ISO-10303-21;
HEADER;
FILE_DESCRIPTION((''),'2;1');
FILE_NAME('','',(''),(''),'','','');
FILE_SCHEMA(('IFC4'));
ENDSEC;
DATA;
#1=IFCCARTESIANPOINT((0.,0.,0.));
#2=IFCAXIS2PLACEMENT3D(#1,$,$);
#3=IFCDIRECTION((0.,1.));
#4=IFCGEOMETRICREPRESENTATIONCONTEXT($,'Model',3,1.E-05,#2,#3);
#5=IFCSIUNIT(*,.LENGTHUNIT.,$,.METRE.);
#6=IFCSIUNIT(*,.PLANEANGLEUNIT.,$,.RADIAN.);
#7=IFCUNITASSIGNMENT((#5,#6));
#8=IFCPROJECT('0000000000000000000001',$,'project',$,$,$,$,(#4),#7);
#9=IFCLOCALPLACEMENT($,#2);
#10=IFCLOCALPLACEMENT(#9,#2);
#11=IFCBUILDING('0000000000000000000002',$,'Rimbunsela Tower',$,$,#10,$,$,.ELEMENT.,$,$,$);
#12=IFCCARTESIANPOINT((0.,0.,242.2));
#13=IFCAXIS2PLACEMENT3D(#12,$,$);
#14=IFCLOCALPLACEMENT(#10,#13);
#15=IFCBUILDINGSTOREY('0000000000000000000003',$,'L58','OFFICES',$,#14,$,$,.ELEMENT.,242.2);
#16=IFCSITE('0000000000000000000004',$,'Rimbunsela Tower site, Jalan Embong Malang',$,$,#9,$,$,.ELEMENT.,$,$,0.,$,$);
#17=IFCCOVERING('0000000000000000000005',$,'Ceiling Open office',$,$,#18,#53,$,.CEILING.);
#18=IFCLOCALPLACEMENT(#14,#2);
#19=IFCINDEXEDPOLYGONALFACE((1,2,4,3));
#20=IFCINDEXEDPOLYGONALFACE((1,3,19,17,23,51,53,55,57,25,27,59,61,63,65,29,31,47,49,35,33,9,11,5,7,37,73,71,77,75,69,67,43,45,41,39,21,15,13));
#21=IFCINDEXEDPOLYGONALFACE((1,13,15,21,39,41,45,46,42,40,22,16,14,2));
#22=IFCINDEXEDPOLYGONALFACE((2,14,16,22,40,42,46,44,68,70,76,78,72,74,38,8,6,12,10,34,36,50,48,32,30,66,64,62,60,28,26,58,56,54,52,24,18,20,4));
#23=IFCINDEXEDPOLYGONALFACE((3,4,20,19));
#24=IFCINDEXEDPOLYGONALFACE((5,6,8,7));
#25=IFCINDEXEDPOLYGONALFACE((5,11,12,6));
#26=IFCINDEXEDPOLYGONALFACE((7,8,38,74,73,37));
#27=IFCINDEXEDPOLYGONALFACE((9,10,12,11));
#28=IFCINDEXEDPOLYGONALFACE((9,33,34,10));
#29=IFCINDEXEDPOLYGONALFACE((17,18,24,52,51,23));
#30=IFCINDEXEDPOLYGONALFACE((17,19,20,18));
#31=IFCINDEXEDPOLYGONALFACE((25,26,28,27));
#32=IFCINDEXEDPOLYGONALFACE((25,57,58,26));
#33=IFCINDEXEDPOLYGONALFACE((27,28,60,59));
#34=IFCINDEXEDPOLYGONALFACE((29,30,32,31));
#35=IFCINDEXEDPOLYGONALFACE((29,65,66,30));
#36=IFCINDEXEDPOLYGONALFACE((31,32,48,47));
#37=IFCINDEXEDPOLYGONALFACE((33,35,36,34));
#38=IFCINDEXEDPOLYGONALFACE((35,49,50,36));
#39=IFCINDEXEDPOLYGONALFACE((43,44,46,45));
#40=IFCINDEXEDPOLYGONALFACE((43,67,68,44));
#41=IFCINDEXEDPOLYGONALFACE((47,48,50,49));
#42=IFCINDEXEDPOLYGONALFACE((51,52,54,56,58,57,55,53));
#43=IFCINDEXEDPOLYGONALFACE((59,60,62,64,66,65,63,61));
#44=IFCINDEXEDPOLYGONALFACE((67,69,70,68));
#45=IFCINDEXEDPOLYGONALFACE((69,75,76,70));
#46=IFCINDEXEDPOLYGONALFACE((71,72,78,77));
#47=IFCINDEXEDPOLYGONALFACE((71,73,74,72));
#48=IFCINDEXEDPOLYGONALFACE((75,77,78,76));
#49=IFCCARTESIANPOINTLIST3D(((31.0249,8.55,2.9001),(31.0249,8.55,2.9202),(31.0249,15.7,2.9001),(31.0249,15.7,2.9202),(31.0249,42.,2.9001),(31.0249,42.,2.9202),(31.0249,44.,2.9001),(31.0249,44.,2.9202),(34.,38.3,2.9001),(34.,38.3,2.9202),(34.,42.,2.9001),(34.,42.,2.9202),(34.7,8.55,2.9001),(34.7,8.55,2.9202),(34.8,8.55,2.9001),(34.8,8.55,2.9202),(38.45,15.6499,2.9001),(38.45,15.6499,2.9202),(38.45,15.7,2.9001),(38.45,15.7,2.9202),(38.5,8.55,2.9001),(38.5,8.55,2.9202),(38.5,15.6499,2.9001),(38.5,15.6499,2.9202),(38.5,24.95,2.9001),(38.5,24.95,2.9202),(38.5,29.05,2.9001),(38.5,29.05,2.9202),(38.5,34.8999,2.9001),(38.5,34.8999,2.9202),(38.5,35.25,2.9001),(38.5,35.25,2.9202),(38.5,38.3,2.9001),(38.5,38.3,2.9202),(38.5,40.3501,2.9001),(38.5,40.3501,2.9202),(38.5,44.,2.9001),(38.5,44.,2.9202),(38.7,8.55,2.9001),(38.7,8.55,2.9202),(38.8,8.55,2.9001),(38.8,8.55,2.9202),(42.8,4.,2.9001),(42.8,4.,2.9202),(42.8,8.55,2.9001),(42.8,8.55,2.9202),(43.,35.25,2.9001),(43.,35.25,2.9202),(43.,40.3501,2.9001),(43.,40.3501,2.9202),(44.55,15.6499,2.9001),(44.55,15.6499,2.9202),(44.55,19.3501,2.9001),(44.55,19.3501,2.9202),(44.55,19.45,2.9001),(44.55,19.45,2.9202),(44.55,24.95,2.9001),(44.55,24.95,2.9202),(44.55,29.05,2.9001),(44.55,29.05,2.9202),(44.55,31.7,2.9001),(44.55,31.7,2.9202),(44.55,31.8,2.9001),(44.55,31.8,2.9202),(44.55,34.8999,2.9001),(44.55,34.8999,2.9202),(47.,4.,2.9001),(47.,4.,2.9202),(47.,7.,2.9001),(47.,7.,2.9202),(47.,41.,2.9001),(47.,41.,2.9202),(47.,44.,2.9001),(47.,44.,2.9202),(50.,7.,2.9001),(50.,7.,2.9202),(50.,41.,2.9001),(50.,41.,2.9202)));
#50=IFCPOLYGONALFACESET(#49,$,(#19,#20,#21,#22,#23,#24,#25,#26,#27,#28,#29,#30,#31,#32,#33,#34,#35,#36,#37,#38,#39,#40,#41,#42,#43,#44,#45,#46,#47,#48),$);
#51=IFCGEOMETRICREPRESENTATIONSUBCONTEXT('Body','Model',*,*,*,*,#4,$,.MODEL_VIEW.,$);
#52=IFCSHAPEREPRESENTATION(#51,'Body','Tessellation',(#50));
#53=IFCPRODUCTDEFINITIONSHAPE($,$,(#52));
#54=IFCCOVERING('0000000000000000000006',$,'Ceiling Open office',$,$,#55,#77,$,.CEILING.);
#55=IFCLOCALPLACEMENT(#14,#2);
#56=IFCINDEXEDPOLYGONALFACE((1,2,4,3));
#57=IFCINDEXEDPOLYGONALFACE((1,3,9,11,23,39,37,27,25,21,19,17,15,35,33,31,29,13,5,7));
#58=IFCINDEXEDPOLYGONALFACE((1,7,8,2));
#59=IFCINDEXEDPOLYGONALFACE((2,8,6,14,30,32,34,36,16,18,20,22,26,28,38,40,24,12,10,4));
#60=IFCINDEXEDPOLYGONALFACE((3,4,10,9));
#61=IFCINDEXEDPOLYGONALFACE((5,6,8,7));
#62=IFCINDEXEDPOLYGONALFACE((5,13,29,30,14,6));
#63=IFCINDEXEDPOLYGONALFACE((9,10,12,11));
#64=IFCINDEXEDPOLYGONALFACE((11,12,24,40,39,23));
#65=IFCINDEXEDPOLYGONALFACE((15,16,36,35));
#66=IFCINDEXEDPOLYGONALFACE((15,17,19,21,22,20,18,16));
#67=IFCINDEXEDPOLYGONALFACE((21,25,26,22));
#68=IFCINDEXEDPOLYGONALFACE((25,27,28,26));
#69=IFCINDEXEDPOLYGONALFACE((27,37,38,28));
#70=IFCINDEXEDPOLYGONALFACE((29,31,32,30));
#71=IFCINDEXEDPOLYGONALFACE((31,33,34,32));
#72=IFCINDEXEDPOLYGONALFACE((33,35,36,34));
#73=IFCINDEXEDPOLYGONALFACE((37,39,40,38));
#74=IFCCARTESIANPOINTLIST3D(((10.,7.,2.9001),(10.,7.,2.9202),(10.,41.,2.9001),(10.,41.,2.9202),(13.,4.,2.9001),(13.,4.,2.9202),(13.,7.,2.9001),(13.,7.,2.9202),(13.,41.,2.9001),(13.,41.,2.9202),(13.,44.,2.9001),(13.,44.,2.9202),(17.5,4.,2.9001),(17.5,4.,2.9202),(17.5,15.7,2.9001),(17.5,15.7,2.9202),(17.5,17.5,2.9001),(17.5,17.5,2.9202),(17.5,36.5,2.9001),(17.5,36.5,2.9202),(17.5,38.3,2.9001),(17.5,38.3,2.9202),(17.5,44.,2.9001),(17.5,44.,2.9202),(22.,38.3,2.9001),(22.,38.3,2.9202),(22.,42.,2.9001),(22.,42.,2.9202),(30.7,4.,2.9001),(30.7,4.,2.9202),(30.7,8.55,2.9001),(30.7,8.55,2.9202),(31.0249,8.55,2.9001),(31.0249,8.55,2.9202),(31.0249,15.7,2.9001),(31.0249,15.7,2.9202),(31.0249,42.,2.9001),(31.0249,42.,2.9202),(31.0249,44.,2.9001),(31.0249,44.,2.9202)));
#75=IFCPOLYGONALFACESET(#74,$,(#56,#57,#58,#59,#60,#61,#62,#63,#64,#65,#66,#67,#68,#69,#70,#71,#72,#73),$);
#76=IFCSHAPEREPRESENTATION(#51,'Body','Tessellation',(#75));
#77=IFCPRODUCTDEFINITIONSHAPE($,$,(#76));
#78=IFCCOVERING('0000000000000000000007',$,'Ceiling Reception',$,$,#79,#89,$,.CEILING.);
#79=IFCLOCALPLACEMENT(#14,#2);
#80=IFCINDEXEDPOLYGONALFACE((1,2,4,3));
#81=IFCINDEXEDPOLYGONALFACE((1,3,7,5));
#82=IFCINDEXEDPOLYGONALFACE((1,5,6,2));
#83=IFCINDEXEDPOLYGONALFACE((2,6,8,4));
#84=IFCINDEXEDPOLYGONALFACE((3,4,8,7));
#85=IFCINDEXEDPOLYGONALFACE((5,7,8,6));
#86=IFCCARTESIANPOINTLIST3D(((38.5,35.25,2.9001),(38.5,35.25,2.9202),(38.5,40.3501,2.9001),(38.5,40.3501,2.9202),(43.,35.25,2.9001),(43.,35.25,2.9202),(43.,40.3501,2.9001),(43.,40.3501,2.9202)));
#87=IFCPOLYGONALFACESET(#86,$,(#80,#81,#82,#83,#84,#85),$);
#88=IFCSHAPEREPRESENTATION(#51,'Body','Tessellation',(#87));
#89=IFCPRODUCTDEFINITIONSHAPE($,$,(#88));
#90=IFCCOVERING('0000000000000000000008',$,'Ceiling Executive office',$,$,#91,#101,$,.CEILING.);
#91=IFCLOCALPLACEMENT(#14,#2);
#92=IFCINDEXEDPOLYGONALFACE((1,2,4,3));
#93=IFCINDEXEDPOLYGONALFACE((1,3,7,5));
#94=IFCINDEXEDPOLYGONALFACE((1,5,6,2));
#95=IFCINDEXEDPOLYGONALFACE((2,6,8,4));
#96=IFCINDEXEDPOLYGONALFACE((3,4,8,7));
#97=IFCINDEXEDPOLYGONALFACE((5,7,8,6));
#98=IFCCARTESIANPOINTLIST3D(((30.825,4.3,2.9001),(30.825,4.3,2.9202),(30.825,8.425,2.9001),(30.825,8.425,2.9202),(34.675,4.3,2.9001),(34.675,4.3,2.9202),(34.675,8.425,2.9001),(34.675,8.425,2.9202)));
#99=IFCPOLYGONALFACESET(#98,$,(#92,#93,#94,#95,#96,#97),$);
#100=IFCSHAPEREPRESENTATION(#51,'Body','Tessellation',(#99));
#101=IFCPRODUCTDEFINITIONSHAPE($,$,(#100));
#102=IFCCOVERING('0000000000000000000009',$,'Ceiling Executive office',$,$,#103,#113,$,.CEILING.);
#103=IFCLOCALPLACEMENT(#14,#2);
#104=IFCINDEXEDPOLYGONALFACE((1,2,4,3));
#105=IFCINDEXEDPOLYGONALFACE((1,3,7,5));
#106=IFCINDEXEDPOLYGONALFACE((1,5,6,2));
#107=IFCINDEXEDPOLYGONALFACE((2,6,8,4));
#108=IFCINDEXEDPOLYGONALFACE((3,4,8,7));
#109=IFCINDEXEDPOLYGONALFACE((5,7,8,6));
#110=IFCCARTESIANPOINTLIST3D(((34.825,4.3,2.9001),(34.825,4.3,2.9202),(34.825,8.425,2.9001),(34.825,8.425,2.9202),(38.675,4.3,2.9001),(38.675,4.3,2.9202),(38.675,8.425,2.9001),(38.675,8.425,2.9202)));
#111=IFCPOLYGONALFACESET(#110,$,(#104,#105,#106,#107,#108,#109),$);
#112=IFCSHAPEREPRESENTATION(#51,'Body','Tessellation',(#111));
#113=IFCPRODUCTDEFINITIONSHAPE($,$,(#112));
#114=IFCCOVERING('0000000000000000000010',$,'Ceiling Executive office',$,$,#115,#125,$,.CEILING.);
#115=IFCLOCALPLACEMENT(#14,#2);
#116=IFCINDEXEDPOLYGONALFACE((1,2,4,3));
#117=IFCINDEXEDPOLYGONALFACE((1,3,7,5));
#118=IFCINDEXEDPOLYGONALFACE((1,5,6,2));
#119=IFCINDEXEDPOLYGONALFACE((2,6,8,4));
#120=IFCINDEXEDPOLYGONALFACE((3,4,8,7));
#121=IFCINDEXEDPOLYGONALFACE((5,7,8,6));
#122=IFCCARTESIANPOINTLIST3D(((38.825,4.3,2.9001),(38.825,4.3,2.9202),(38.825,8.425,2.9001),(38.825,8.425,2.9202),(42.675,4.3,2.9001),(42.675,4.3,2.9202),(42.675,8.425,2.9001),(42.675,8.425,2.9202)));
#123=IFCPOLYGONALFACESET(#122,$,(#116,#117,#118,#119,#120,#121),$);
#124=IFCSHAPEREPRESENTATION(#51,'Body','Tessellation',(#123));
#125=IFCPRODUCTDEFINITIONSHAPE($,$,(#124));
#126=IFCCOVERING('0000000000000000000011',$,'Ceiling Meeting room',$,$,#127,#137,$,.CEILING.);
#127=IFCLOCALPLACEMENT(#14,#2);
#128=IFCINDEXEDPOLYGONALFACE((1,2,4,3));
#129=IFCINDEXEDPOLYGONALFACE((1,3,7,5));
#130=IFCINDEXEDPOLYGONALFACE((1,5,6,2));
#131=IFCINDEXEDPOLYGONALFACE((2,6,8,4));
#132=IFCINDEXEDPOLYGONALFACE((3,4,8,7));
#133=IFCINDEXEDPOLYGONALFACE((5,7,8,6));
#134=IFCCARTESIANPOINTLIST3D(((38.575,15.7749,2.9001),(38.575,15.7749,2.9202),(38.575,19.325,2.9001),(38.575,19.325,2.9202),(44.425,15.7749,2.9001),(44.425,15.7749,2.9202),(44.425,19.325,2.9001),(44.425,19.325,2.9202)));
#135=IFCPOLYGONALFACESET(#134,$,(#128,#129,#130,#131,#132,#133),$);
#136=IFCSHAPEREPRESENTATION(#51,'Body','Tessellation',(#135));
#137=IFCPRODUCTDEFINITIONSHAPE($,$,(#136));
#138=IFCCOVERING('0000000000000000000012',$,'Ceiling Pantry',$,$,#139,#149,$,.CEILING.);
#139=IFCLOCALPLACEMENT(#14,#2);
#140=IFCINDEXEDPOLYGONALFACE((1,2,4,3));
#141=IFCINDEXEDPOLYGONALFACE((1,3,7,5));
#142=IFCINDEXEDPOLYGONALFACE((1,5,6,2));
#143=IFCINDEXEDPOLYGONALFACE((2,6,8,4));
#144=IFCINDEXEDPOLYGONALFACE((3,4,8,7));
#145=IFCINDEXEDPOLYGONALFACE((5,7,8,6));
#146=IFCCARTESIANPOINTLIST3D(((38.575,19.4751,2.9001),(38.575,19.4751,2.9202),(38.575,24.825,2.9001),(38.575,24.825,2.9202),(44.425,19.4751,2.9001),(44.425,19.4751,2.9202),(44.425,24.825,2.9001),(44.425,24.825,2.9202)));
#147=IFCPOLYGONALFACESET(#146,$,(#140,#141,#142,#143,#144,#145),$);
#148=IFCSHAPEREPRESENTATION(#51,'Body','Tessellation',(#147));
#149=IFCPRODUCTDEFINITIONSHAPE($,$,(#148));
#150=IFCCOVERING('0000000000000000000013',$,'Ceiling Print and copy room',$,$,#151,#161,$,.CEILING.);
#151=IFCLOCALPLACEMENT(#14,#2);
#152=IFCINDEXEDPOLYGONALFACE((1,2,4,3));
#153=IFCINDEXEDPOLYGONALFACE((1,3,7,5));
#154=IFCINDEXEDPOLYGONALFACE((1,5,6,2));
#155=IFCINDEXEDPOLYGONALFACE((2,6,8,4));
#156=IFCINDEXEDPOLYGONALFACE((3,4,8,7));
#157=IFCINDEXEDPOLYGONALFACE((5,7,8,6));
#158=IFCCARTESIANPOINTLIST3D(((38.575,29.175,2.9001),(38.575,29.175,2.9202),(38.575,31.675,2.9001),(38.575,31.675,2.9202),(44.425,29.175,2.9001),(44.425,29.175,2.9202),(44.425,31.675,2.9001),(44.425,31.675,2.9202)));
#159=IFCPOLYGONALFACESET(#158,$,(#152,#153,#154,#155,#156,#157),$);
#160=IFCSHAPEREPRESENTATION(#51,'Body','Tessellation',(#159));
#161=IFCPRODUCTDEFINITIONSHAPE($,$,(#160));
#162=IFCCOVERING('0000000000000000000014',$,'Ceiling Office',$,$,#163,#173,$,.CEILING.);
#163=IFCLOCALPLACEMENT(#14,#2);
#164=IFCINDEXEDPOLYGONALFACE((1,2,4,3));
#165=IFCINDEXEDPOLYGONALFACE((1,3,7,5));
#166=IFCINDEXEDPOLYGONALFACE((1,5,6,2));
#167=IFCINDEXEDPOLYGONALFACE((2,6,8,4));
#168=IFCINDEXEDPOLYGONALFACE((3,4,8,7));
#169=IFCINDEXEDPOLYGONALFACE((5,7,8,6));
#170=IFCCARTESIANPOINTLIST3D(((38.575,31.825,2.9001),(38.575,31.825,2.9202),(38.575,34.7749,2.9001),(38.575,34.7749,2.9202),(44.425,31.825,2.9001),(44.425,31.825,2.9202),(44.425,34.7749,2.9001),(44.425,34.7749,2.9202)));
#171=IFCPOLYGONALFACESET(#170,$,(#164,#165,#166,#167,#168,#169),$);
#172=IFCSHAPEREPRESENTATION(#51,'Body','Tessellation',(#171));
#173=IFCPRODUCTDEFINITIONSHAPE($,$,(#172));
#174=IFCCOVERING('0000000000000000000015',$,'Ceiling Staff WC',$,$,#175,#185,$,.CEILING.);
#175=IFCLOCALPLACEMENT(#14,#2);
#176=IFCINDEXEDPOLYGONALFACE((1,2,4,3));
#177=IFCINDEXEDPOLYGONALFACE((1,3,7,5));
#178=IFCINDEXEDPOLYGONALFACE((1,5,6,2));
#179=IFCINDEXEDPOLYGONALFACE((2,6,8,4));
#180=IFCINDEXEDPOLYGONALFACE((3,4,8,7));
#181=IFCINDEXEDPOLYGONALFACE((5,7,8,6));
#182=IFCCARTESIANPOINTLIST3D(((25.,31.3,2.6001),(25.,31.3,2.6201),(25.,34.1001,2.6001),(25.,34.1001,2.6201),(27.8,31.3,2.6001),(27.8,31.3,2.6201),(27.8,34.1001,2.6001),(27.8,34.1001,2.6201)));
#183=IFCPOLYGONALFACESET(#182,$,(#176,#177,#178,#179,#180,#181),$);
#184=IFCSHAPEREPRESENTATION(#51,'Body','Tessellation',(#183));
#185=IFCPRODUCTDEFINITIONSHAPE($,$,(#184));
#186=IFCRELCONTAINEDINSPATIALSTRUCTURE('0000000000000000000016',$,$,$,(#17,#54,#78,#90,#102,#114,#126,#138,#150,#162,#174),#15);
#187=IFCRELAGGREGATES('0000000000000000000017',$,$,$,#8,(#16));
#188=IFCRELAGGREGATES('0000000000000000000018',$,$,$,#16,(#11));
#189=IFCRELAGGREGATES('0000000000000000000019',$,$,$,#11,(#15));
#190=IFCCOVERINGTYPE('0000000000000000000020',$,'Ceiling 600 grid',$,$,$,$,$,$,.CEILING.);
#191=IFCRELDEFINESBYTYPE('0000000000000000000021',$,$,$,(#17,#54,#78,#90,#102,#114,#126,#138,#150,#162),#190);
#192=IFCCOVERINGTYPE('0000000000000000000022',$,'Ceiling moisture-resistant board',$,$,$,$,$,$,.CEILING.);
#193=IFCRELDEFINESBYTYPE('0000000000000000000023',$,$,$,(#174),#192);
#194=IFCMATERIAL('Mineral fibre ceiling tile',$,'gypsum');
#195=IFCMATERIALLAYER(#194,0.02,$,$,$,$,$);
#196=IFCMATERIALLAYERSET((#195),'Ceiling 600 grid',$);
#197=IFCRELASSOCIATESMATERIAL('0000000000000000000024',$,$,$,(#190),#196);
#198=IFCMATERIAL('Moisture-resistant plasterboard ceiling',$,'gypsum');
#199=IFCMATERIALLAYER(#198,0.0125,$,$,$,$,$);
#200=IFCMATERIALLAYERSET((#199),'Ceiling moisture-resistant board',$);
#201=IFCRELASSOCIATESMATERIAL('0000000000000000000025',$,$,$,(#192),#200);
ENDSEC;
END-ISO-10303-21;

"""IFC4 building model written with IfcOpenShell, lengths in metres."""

from ifc_helpers import new_model, si_unit, direction, frame, origin, place, context, subcontext, project, spatial, polyline, outline, extrude, material, layer, layer_set, type_object, element, save


model = new_model("IFC4")

# Units and contexts
model_context = context("Model", 3, precision=1e-05, world=origin(), true_north=direction((0.0, 1.0)))
body_context = subcontext(model_context, "Body", "Model", "MODEL_VIEW")
ifc_project = project(units=[si_unit("LENGTHUNIT", "METRE"), si_unit("PLANEANGLEUNIT", "RADIAN")], contexts=[model_context])

# Site, building, storey
site_placement = place(None, origin())
site = spatial("IfcSite", under=ifc_project, at=site_placement, Name="Rimbunsela Tower site, Jalan Embong Malang", CompositionType="ELEMENT", RefElevation=0.0)
building_placement = place(site_placement, origin())
building = spatial("IfcBuilding", under=site, at=building_placement, Name="Rimbunsela Tower", CompositionType="ELEMENT")
storey_placement = place(building_placement, frame((0.0, 0.0, 242.2)))
storey = spatial("IfcBuildingStorey", under=building, at=storey_placement, Name="L58", Description="OFFICES", CompositionType="ELEMENT", Elevation=242.2)

# Coverings
ifc_material_1 = material(Name="Mineral fibre ceiling tile", Category="gypsum")
ifc_layer_1 = layer(ifc_material_1, 0.02)
ifc_layer_set_1 = layer_set([ifc_layer_1], Name="Ceiling 600 grid")
covering_type_1 = type_object("IfcCoveringType", Name="Ceiling 600 grid", PredefinedType="CEILING", material=ifc_layer_set_1)
covering_1_placement = place(storey_placement, frame((0.0, 0.0, 2.9001)))
element("IfcCovering", 1, at=covering_1_placement, inside=storey, type_object=covering_type_1, Name="Ceiling Open office", PredefinedType="CEILING", context=body_context, shape_type="SweptSolid", body=[
    extrude(outline(polyline([(31.0249, 44.0), (38.5, 44.0), (47.0, 44.0), (47.0, 41.0), (50.0, 41.0), (50.0, 7.0), (47.0, 7.0), (47.0, 4.0), (42.8, 4.0), (42.8, 8.55), (38.8, 8.55), (38.7, 8.55), (38.5, 8.55), (34.8, 8.55), (34.7, 8.55), (31.0249, 8.55), (31.0249, 15.7), (38.45, 15.7), (38.45, 15.6499), (38.5, 15.6499), (44.55, 15.6499), (44.55, 19.3501), (44.55, 19.45), (44.55, 24.95), (38.5, 24.95), (38.5, 29.05), (44.55, 29.05), (44.55, 31.7), (44.55, 31.8), (44.55, 34.8999), (38.5, 34.8999), (38.5, 35.25), (43.0, 35.25), (43.0, 40.3501), (38.5, 40.3501), (38.5, 38.3), (34.0, 38.3), (34.0, 42.0), (31.0249, 42.0), (31.0249, 44.0)])), origin(), (0.0, 0.0, 1.0), 0.02),
])
covering_2_placement = place(storey_placement, frame((0.0, 0.0, 2.9001)))
element("IfcCovering", 2, at=covering_2_placement, inside=storey, type_object=covering_type_1, Name="Ceiling Open office", PredefinedType="CEILING", context=body_context, shape_type="SweptSolid", body=[
    extrude(outline(polyline([(30.7, 4.0), (17.5, 4.0), (13.0, 4.0), (13.0, 7.0), (10.0, 7.0), (10.0, 41.0), (13.0, 41.0), (13.0, 44.0), (17.5, 44.0), (31.0249, 44.0), (31.0249, 42.0), (22.0, 42.0), (22.0, 38.3), (17.5, 38.3), (17.5, 36.5), (17.5, 17.5), (17.5, 15.7), (31.0249, 15.7), (31.0249, 8.55), (30.7, 8.55), (30.7, 4.0)])), origin(), (0.0, 0.0, 1.0), 0.02),
])
covering_3_placement = place(storey_placement, frame((0.0, 0.0, 2.9001)))
element("IfcCovering", 3, at=covering_3_placement, inside=storey, type_object=covering_type_1, Name="Ceiling Reception", PredefinedType="CEILING", context=body_context, shape_type="SweptSolid", body=[
    extrude(outline(polyline([(43.0, 35.25), (43.0, 40.3501), (38.5, 40.3501), (38.5, 35.25), (43.0, 35.25)])), origin(), (0.0, 0.0, 1.0), 0.02),
])
covering_4_placement = place(storey_placement, frame((0.0, 0.0, 2.9001)))
element("IfcCovering", 4, at=covering_4_placement, inside=storey, type_object=covering_type_1, Name="Ceiling Executive office", PredefinedType="CEILING", context=body_context, shape_type="SweptSolid", body=[
    extrude(outline(polyline([(34.675, 4.3), (34.675, 8.425), (30.825, 8.425), (30.825, 4.3), (34.675, 4.3)])), origin(), (0.0, 0.0, 1.0), 0.02),
])
covering_5_placement = place(storey_placement, frame((0.0, 0.0, 2.9001)))
element("IfcCovering", 5, at=covering_5_placement, inside=storey, type_object=covering_type_1, Name="Ceiling Executive office", PredefinedType="CEILING", context=body_context, shape_type="SweptSolid", body=[
    extrude(outline(polyline([(38.675, 4.3), (38.675, 8.425), (34.825, 8.425), (34.825, 4.3), (38.675, 4.3)])), origin(), (0.0, 0.0, 1.0), 0.02),
])
covering_6_placement = place(storey_placement, frame((0.0, 0.0, 2.9001)))
element("IfcCovering", 6, at=covering_6_placement, inside=storey, type_object=covering_type_1, Name="Ceiling Executive office", PredefinedType="CEILING", context=body_context, shape_type="SweptSolid", body=[
    extrude(outline(polyline([(42.675, 4.3), (42.675, 8.425), (38.825, 8.425), (38.825, 4.3), (42.675, 4.3)])), origin(), (0.0, 0.0, 1.0), 0.02),
])
covering_7_placement = place(storey_placement, frame((0.0, 0.0, 2.9001)))
element("IfcCovering", 7, at=covering_7_placement, inside=storey, type_object=covering_type_1, Name="Ceiling Meeting room", PredefinedType="CEILING", context=body_context, shape_type="SweptSolid", body=[
    extrude(outline(polyline([(44.425, 15.7749), (44.425, 19.325), (38.575, 19.325), (38.575, 15.7749), (44.425, 15.7749)])), origin(), (0.0, 0.0, 1.0), 0.02),
])
covering_8_placement = place(storey_placement, frame((0.0, 0.0, 2.9001)))
element("IfcCovering", 8, at=covering_8_placement, inside=storey, type_object=covering_type_1, Name="Ceiling Pantry", PredefinedType="CEILING", context=body_context, shape_type="SweptSolid", body=[
    extrude(outline(polyline([(44.425, 19.4751), (44.425, 24.825), (38.575, 24.825), (38.575, 19.4751), (44.425, 19.4751)])), origin(), (0.0, 0.0, 1.0), 0.02),
])
covering_9_placement = place(storey_placement, frame((0.0, 0.0, 2.9001)))
element("IfcCovering", 9, at=covering_9_placement, inside=storey, type_object=covering_type_1, Name="Ceiling Print and copy room", PredefinedType="CEILING", context=body_context, shape_type="SweptSolid", body=[
    extrude(outline(polyline([(44.425, 29.175), (44.425, 31.675), (38.575, 31.675), (38.575, 29.175), (44.425, 29.175)])), origin(), (0.0, 0.0, 1.0), 0.02),
])
covering_10_placement = place(storey_placement, frame((0.0, 0.0, 2.9001)))
element("IfcCovering", 10, at=covering_10_placement, inside=storey, type_object=covering_type_1, Name="Ceiling Office", PredefinedType="CEILING", context=body_context, shape_type="SweptSolid", body=[
    extrude(outline(polyline([(44.425, 31.825), (44.425, 34.7749), (38.575, 34.7749), (38.575, 31.825), (44.425, 31.825)])), origin(), (0.0, 0.0, 1.0), 0.02),
])
ifc_material_2 = material(Name="Moisture-resistant plasterboard ceiling", Category="gypsum")
ifc_layer_2 = layer(ifc_material_2, 0.0125)
ifc_layer_set_2 = layer_set([ifc_layer_2], Name="Ceiling moisture-resistant board")
covering_type_2 = type_object("IfcCoveringType", Name="Ceiling moisture-resistant board", PredefinedType="CEILING", material=ifc_layer_set_2)
covering_11_placement = place(storey_placement, frame((0.0, 0.0, 2.6001)))
element("IfcCovering", 11, at=covering_11_placement, inside=storey, type_object=covering_type_2, Name="Ceiling Staff WC", PredefinedType="CEILING", context=body_context, shape_type="SweptSolid", body=[
    extrude(outline(polyline([(27.8, 31.3), (27.8, 34.1001), (25.0, 34.1001), (25.0, 31.3), (27.8, 31.3)])), origin(), (0.0, 0.0, 1.0), 0.02),
])

save(model, "model.ifc")
